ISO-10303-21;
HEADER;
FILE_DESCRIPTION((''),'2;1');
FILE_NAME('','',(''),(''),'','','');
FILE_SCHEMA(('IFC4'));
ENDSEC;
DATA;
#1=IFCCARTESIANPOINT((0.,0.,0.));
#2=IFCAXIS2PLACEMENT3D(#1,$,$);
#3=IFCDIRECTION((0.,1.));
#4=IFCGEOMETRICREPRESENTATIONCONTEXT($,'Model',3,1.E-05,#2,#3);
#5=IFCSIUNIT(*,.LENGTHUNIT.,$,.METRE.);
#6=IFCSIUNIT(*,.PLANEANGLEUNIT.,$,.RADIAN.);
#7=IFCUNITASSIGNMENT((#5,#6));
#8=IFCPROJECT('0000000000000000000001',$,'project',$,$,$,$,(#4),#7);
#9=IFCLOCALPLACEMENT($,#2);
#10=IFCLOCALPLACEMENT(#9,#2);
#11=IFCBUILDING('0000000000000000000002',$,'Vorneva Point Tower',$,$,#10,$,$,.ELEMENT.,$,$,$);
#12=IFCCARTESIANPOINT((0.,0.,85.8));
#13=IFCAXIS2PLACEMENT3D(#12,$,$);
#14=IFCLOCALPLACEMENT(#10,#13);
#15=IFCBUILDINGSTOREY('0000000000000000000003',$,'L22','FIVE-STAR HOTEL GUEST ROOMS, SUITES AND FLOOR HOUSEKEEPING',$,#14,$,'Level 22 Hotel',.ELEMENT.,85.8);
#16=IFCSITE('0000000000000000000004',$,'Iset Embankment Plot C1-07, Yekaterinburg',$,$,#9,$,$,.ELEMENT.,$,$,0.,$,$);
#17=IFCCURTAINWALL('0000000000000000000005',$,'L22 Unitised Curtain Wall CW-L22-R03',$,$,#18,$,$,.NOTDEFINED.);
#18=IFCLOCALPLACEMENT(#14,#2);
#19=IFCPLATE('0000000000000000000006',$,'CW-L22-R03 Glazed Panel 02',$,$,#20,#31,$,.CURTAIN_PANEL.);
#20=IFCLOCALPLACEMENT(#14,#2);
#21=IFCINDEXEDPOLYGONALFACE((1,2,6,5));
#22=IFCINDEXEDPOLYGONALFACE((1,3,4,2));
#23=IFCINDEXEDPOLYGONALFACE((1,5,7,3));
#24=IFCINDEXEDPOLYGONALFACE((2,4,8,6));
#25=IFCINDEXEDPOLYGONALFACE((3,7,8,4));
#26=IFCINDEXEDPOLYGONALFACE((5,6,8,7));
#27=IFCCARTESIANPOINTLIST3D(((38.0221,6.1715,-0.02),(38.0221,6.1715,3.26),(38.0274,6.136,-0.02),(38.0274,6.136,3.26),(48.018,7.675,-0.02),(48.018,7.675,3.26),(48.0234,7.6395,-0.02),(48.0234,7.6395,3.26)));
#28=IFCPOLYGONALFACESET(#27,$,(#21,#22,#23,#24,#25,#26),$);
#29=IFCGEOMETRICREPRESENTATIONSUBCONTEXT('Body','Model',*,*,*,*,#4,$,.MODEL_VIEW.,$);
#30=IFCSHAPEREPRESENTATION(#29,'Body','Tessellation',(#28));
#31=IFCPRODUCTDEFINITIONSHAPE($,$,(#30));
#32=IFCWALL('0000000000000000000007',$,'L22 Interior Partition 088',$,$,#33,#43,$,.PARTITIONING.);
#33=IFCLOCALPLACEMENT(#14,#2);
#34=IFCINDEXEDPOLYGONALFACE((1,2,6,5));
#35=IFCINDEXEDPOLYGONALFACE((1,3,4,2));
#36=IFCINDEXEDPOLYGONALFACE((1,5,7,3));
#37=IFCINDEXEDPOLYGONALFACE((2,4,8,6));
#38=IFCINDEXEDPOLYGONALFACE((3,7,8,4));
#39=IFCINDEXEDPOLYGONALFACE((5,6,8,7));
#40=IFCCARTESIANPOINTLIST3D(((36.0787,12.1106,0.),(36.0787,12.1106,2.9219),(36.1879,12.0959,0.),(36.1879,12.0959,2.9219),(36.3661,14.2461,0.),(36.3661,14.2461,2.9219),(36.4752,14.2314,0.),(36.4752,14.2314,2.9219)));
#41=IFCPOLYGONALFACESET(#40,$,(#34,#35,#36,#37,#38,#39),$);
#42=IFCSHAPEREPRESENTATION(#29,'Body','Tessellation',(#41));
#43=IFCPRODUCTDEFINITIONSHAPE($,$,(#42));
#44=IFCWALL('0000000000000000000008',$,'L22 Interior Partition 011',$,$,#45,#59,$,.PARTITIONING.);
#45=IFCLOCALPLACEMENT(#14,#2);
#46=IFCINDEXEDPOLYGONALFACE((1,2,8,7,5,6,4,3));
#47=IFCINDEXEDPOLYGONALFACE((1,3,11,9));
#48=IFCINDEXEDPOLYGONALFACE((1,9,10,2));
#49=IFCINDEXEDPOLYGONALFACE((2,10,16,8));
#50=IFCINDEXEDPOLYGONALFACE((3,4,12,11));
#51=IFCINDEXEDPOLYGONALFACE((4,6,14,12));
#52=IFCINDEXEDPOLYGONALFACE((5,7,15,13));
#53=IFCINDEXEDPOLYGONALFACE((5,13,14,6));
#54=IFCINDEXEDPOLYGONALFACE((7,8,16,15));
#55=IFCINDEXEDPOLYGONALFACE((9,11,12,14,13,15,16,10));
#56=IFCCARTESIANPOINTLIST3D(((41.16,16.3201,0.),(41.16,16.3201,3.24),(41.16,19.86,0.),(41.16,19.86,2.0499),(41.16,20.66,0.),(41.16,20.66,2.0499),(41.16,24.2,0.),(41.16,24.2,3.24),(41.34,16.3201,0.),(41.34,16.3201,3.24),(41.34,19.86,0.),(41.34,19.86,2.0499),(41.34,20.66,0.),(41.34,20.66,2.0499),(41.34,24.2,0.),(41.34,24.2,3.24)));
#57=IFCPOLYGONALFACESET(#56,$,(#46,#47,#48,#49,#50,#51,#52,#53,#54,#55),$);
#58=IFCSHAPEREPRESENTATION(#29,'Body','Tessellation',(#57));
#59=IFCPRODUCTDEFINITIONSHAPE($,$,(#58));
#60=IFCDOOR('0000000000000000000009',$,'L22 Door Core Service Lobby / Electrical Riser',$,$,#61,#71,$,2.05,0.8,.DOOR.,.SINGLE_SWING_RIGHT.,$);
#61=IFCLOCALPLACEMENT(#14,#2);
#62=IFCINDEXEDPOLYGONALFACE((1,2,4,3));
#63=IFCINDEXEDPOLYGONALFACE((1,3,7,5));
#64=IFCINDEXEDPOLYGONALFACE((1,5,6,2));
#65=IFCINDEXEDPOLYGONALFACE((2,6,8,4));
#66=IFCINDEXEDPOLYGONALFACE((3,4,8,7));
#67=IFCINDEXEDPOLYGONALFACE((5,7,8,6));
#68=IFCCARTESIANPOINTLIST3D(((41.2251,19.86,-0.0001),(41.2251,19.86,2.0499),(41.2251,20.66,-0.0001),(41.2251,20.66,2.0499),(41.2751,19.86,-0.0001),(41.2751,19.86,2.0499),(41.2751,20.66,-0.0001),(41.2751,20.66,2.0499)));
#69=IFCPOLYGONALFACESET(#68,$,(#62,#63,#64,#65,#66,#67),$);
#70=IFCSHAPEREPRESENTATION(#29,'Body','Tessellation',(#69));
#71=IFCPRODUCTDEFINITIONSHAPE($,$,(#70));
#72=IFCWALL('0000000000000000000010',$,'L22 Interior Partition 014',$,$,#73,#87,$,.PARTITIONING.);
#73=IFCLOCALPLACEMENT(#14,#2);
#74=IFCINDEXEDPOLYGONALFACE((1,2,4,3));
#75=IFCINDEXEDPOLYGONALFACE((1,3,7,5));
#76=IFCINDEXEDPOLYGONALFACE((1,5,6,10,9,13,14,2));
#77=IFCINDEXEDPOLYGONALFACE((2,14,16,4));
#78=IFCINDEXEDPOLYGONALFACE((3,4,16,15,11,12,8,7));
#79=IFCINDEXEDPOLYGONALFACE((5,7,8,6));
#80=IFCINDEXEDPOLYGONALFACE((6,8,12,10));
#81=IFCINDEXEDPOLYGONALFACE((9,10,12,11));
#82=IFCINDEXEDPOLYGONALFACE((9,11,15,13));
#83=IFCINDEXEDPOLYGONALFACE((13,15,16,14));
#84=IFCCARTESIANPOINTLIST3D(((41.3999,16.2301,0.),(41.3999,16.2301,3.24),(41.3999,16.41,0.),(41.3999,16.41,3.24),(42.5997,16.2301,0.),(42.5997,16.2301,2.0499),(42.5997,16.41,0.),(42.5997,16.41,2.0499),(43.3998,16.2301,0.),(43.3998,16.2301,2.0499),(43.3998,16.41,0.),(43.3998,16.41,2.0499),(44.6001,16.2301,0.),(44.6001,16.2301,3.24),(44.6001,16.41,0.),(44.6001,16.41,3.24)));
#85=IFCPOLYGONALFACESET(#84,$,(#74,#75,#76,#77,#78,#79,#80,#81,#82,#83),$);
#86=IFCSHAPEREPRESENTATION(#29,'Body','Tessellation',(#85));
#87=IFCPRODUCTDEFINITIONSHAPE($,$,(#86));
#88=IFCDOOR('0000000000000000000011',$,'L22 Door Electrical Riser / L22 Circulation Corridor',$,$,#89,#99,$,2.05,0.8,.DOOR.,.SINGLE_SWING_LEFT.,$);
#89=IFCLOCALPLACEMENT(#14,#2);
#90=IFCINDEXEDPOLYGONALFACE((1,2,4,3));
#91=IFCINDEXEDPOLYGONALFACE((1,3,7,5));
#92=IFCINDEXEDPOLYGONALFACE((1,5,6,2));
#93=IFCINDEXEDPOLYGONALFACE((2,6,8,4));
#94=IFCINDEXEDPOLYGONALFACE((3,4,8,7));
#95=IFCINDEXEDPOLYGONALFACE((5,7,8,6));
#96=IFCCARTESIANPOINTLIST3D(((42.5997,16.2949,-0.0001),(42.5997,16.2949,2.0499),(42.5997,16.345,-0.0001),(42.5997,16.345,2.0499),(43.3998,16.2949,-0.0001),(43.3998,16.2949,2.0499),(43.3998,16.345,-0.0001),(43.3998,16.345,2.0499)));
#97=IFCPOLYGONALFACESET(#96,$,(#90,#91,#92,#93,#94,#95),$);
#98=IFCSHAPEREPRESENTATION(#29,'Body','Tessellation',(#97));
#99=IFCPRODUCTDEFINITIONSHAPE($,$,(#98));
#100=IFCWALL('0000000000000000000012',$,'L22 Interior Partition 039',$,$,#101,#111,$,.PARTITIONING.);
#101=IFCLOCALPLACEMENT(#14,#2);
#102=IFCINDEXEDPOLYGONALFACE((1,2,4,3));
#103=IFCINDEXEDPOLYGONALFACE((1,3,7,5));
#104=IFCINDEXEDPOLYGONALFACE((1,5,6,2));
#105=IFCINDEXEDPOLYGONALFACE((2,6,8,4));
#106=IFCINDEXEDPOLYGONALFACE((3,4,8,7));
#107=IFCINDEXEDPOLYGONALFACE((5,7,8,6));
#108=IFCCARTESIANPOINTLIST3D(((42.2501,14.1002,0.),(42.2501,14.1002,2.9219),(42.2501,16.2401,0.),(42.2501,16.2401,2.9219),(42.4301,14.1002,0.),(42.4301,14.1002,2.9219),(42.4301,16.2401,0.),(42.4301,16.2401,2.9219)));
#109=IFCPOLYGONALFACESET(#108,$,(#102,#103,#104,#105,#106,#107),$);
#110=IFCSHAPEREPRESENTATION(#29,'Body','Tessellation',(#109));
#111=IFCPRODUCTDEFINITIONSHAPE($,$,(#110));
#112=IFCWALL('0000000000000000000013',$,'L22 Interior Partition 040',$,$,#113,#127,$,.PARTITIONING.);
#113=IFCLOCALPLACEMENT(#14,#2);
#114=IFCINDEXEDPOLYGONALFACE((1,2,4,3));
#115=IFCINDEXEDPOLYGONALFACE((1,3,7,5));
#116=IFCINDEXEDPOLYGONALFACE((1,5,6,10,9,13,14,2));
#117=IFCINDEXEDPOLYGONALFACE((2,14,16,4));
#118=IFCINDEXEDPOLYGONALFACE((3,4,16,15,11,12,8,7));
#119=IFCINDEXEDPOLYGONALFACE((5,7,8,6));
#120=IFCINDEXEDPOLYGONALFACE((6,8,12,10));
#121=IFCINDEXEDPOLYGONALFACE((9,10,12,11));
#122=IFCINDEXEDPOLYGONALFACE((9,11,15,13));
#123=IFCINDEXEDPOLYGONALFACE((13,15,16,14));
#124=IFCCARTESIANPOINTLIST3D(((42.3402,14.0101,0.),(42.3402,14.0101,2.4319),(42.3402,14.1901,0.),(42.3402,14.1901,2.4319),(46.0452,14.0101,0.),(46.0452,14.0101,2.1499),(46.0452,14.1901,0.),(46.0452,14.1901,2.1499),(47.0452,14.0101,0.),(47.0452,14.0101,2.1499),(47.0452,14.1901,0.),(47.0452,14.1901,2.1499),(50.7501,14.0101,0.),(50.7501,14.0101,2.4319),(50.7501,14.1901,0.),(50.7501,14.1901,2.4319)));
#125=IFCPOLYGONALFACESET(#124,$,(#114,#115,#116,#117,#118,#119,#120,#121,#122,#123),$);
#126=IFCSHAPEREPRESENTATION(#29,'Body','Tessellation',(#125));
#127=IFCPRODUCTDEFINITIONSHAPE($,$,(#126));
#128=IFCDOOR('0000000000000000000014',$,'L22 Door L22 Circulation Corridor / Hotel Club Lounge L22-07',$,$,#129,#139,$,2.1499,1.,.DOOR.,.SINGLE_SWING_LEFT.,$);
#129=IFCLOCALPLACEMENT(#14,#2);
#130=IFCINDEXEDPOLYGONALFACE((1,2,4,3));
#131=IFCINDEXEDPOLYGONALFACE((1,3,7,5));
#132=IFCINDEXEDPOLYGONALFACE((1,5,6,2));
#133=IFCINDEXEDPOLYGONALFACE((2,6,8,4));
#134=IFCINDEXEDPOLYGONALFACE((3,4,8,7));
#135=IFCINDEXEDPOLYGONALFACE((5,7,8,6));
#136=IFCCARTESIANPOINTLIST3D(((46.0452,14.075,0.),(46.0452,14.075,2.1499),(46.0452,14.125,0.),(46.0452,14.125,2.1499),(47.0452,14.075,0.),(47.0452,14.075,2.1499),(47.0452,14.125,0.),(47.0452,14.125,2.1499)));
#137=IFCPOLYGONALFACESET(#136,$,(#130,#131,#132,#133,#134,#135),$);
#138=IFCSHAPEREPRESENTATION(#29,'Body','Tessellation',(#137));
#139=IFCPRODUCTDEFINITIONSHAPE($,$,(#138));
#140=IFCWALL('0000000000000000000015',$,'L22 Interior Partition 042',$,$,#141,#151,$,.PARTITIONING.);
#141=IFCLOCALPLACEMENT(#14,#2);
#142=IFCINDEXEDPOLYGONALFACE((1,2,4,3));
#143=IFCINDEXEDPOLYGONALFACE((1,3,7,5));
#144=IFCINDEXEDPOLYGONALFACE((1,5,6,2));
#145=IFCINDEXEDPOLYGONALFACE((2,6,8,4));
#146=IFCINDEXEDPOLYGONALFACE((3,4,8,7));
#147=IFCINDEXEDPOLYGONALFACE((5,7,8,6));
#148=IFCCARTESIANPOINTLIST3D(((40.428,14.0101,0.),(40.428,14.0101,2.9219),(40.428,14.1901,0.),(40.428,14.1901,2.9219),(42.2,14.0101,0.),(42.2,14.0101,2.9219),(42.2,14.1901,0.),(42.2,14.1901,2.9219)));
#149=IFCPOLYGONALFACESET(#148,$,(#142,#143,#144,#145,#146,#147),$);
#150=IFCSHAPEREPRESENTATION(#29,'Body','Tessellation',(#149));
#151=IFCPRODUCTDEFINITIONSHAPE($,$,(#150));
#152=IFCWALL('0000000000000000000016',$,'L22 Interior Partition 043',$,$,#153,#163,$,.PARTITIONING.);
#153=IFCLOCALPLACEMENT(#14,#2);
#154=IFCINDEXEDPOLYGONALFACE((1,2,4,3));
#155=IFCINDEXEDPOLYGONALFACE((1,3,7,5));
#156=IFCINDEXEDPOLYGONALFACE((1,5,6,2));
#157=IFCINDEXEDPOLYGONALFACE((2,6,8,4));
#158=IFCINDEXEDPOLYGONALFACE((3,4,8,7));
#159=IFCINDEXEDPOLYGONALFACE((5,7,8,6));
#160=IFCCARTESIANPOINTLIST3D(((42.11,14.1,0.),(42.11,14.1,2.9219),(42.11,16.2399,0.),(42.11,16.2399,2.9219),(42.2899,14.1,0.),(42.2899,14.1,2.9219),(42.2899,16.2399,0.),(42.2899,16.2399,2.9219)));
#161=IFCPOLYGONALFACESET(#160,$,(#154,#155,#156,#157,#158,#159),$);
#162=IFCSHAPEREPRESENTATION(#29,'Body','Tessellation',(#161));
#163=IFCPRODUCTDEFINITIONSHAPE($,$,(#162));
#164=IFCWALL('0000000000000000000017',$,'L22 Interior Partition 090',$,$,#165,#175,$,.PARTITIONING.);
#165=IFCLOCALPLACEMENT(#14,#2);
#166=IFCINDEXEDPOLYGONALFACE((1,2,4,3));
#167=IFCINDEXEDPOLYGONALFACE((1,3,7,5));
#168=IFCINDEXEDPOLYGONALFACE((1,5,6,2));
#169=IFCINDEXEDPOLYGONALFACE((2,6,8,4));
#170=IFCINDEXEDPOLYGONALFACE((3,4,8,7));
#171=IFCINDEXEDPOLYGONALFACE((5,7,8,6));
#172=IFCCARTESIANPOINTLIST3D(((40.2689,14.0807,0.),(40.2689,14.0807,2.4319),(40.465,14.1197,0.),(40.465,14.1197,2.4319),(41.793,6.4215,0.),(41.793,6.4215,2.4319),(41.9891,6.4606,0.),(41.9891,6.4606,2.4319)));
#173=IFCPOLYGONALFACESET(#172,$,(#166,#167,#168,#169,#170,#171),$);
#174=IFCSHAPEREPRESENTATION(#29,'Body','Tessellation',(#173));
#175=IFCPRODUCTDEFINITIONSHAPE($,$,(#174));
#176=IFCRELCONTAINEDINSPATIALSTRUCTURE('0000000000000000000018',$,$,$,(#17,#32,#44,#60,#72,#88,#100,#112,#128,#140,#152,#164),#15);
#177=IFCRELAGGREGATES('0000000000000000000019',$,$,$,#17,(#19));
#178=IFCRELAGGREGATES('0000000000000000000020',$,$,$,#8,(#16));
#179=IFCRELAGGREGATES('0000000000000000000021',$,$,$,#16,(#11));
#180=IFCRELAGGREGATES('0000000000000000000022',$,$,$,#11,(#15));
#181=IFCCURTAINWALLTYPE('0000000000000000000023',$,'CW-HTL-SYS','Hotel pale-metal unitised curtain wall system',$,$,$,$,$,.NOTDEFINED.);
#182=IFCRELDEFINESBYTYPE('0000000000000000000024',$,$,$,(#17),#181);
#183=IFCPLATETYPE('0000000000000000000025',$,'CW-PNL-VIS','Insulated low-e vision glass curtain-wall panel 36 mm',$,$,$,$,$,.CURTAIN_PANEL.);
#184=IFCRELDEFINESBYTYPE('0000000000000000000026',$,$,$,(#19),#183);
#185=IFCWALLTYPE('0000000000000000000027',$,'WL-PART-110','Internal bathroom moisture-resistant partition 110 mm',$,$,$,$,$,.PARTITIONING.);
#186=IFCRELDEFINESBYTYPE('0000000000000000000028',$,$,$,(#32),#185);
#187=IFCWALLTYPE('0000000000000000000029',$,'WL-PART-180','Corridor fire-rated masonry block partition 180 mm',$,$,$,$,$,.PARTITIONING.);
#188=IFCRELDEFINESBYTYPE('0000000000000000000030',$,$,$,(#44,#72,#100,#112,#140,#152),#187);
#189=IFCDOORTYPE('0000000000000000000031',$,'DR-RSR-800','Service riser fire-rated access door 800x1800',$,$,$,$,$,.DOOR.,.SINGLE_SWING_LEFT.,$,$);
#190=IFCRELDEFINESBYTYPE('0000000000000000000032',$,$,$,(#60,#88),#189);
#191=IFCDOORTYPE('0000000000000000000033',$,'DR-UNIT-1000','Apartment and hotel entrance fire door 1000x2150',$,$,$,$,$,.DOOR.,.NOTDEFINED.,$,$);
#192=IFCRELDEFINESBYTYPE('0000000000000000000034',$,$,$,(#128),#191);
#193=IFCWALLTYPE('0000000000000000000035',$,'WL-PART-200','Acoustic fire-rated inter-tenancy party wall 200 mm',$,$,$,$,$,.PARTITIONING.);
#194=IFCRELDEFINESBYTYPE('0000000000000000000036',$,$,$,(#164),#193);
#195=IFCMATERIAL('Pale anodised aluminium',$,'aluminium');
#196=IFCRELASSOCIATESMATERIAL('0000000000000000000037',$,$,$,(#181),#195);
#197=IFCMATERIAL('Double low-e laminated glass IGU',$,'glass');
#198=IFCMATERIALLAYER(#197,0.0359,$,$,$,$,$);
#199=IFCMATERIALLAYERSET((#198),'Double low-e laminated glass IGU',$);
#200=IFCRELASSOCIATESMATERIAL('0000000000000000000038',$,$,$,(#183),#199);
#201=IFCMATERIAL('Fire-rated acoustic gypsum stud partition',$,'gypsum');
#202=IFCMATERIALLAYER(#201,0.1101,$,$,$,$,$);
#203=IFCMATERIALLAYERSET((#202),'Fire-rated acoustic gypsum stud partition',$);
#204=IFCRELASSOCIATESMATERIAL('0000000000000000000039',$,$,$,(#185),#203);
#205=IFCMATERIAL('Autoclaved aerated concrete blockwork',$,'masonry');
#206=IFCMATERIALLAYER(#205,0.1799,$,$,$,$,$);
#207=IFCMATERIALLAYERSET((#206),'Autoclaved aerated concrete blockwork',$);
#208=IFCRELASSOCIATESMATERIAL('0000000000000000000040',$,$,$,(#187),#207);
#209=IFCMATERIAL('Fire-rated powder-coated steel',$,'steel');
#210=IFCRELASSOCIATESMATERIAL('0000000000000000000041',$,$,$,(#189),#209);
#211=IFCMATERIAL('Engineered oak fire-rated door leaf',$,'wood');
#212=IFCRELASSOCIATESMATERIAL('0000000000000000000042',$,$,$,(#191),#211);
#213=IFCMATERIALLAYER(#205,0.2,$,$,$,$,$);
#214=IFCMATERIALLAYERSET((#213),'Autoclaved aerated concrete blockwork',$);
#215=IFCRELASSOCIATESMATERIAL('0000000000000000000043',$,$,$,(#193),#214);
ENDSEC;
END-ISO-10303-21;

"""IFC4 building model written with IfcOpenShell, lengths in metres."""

from ifc_helpers import new_model, si_unit, direction, frame, frame_2d, origin, origin_2d, place, context, subcontext, project, spatial, rectangle, extrude, material, layer, layer_set, type_object, element, fill, aggregate, save


model = new_model("IFC4")

# Units and contexts
model_context = context("Model", 3, precision=1e-05, world=origin(), true_north=direction((0.0, 1.0)))
body_context = subcontext(model_context, "Body", "Model", "MODEL_VIEW")
ifc_project = project(units=[si_unit("LENGTHUNIT", "METRE"), si_unit("PLANEANGLEUNIT", "RADIAN")], contexts=[model_context])

# Site, building, storey
site_placement = place(None, origin())
site = spatial("IfcSite", under=ifc_project, at=site_placement, Name="Iset Embankment Plot C1-07, Yekaterinburg", CompositionType="ELEMENT", RefElevation=0.0)
building_placement = place(site_placement, origin())
building = spatial("IfcBuilding", under=site, at=building_placement, Name="Vorneva Point Tower", CompositionType="ELEMENT")
storey_placement = place(building_placement, frame((0.0, 0.0, 85.8)))
storey = spatial("IfcBuildingStorey", under=building, at=storey_placement, Name="L22", Description="FIVE-STAR HOTEL GUEST ROOMS, SUITES AND FLOOR HOUSEKEEPING", LongName="Level 22 Hotel", CompositionType="ELEMENT", Elevation=85.8)

# Curtain wall, plate
ifc_material_1 = material(Name="Pale anodised aluminium", Category="aluminium")
curtain_wall_type = type_object("IfcCurtainWallType", Name="CW-HTL-SYS", Description="Hotel pale-metal unitised curtain wall system", PredefinedType="NOTDEFINED", material=ifc_material_1)
curtain_wall_placement = place(storey_placement, origin())
curtain_wall = element("IfcCurtainWall", 1, at=curtain_wall_placement, inside=storey, type_object=curtain_wall_type, Name="L22 Unitised Curtain Wall CW-L22-R03", PredefinedType="NOTDEFINED")
ifc_material_2 = material(Name="Double low-e laminated glass IGU", Category="glass")
ifc_layer_1 = layer(ifc_material_2, 0.0359)
ifc_layer_set_1 = layer_set([ifc_layer_1], Name="Double low-e laminated glass IGU")
plate_type = type_object("IfcPlateType", Name="CW-PNL-VIS", Description="Insulated low-e vision glass curtain-wall panel 36 mm", PredefinedType="CURTAIN_PANEL", material=ifc_layer_set_1)
plate_placement = place(storey_placement, frame((43.0227, 6.9055, -0.02), z_axis=(0.0, 0.0, 1.0), x_axis=(0.988876, 0.148741, 0.0)))
plate = element("IfcPlate", 2, at=plate_placement, type_object=plate_type, Name="CW-L22-R03 Glazed Panel 02", PredefinedType="CURTAIN_PANEL", context=body_context, shape_type="SweptSolid", body=[
    extrude(rectangle(XDim=10.1084, YDim=0.0359, at=origin_2d()), origin(), (0.0, 0.0, 1.0), 3.28),
])
aggregate(curtain_wall, [plate])

# Wall
ifc_material_3 = material(Name="Fire-rated acoustic gypsum stud partition", Category="gypsum")
ifc_layer_2 = layer(ifc_material_3, 0.1101)
ifc_layer_set_2 = layer_set([ifc_layer_2], Name="Fire-rated acoustic gypsum stud partition")
wall_type_1 = type_object("IfcWallType", Name="WL-PART-110", Description="Internal bathroom moisture-resistant partition 110 mm", PredefinedType="PARTITIONING", material=ifc_layer_set_2)
wall_1_placement = place(storey_placement, frame((36.4207, 14.2388, 0.0), z_axis=(0.0, 0.0, 1.0), x_axis=(-0.133359, -0.991068, 0.0)))
element("IfcWall", 3, at=wall_1_placement, inside=storey, type_object=wall_type_1, Name="L22 Interior Partition 088", PredefinedType="PARTITIONING", context=body_context, shape_type="SweptSolid", body=[
    extrude(rectangle(XDim=2.1548, YDim=0.1101, at=frame_2d((1.0774, 0.0))), origin(), (0.0, 0.0, 1.0), 2.9219),
])

# Walls, openings, doors
ifc_material_4 = material(Name="Autoclaved aerated concrete blockwork", Category="masonry")
ifc_layer_3 = layer(ifc_material_4, 0.1799)
ifc_layer_set_3 = layer_set([ifc_layer_3], Name="Autoclaved aerated concrete blockwork")
wall_type_2 = type_object("IfcWallType", Name="WL-PART-180", Description="Corridor fire-rated masonry block partition 180 mm", PredefinedType="PARTITIONING", material=ifc_layer_set_3)
wall_2_placement = place(storey_placement, frame((41.25, 16.3201, 0.0), z_axis=(0.0, 0.0, 1.0), x_axis=(0.0, 1.0, 0.0)))
wall_2 = element("IfcWall", 4, at=wall_2_placement, inside=storey, type_object=wall_type_2, Name="L22 Interior Partition 011", PredefinedType="PARTITIONING", context=body_context, shape_type="SweptSolid", body=[
    extrude(rectangle(XDim=7.8799, YDim=0.1799, at=frame_2d((3.9399, 0.0))), origin(), (0.0, 0.0, 1.0), 3.24),
])
opening_1_placement = place(wall_2_placement, frame((3.54, 0.0, 0.0)))
opening_1 = element("IfcOpeningElement", 5, at=opening_1_placement, cuts=wall_2, PredefinedType="OPENING", context=body_context, shape_type="SweptSolid", body=[
    extrude(rectangle(XDim=0.8, YDim=2.05, at=frame_2d((0.3999, 1.0249))), frame((0.0, 0.105, 0.0), z_axis=(0.0, -1.0, 0.0), x_axis=(1.0, 0.0, 0.0)), (0.0, 0.0, 1.0), 0.2097),
])
ifc_material_5 = material(Name="Fire-rated powder-coated steel", Category="steel")
door_type_1 = type_object("IfcDoorType", Name="DR-RSR-800", Description="Service riser fire-rated access door 800x1800", OperationType="SINGLE_SWING_LEFT", PredefinedType="DOOR", material=ifc_material_5)
door_1_placement = place(opening_1_placement, origin())
door_1 = element("IfcDoor", 6, at=door_1_placement, inside=storey, type_object=door_type_1, Name="L22 Door Core Service Lobby / Electrical Riser", OperationType="SINGLE_SWING_RIGHT", OverallHeight=2.05, OverallWidth=0.8, PredefinedType="DOOR", context=body_context, shape_type="SweptSolid", body=[
    extrude(rectangle(XDim=0.8, YDim=2.05, at=frame_2d((0.3999, 1.0249))), frame((0.0, 0.0249, 0.0), z_axis=(0.0, -1.0, 0.0), x_axis=(1.0, 0.0, 0.0)), (0.0, 0.0, 1.0), 0.05),
])
fill(opening_1, door_1)
wall_3_placement = place(storey_placement, frame((41.3999, 16.3201, 0.0), z_axis=(0.0, 0.0, 1.0), x_axis=(1.0, 0.0, 0.0)))
wall_3 = element("IfcWall", 7, at=wall_3_placement, inside=storey, type_object=wall_type_2, Name="L22 Interior Partition 014", PredefinedType="PARTITIONING", context=body_context, shape_type="SweptSolid", body=[
    extrude(rectangle(XDim=3.2002, YDim=0.1799, at=frame_2d((1.6001, 0.0))), origin(), (0.0, 0.0, 1.0), 3.24),
])
opening_2_placement = place(wall_3_placement, frame((1.2, 0.0, 0.0)))
opening_2 = element("IfcOpeningElement", 8, at=opening_2_placement, cuts=wall_3, PredefinedType="OPENING", context=body_context, shape_type="SweptSolid", body=[
    extrude(rectangle(XDim=0.8, YDim=2.05, at=frame_2d((0.3999, 1.0249))), frame((0.0, 0.105, 0.0), z_axis=(0.0, -1.0, 0.0), x_axis=(1.0, 0.0, 0.0)), (0.0, 0.0, 1.0), 0.2097),
])
door_2_placement = place(opening_2_placement, origin())
door_2 = element("IfcDoor", 9, at=door_2_placement, inside=storey, type_object=door_type_1, Name="L22 Door Electrical Riser / L22 Circulation Corridor", OperationType="SINGLE_SWING_LEFT", OverallHeight=2.05, OverallWidth=0.8, PredefinedType="DOOR", context=body_context, shape_type="SweptSolid", body=[
    extrude(rectangle(XDim=0.8, YDim=2.05, at=frame_2d((0.3999, 1.0249))), frame((0.0, 0.0249, 0.0), z_axis=(0.0, -1.0, 0.0), x_axis=(1.0, 0.0, 0.0)), (0.0, 0.0, 1.0), 0.05),
])
fill(opening_2, door_2)

# Wall
wall_4_placement = place(storey_placement, frame((42.3401, 16.24, 0.0), z_axis=(0.0, 0.0, 1.0), x_axis=(0.0, -1.0, 0.0)))
element("IfcWall", 10, at=wall_4_placement, inside=storey, type_object=wall_type_2, Name="L22 Interior Partition 039", PredefinedType="PARTITIONING", context=body_context, shape_type="SweptSolid", body=[
    extrude(rectangle(XDim=2.1399, YDim=0.1799, at=frame_2d((1.0698, 0.0))), origin(), (0.0, 0.0, 1.0), 2.9219),
])

# Wall, opening, door
wall_5_placement = place(storey_placement, frame((42.3401, 14.1001, 0.0), z_axis=(0.0, 0.0, 1.0), x_axis=(1.0, 0.0, 0.0)))
wall_5 = element("IfcWall", 11, at=wall_5_placement, inside=storey, type_object=wall_type_2, Name="L22 Interior Partition 040", PredefinedType="PARTITIONING", context=body_context, shape_type="SweptSolid", body=[
    extrude(rectangle(XDim=8.4099, YDim=0.1799, at=frame_2d((4.2051, 0.0))), origin(), (0.0, 0.0, 1.0), 2.4319),
])
opening_3_placement = place(wall_5_placement, frame((3.7051, 0.0, 0.0)))
opening_3 = element("IfcOpeningElement", 12, at=opening_3_placement, cuts=wall_5, PredefinedType="OPENING", context=body_context, shape_type="SweptSolid", body=[
    extrude(rectangle(XDim=1.0, YDim=2.1499, at=frame_2d((0.5, 1.075))), frame((0.0, 0.105, 0.0), z_axis=(0.0, -1.0, 0.0), x_axis=(1.0, 0.0, 0.0)), (0.0, 0.0, 1.0), 0.2097),
])
ifc_material_6 = material(Name="Engineered oak fire-rated door leaf", Category="wood")
door_type_2 = type_object("IfcDoorType", Name="DR-UNIT-1000", Description="Apartment and hotel entrance fire door 1000x2150", OperationType="NOTDEFINED", PredefinedType="DOOR", material=ifc_material_6)
door_3_placement = place(opening_3_placement, origin())
door_3 = element("IfcDoor", 13, at=door_3_placement, inside=storey, type_object=door_type_2, Name="L22 Door L22 Circulation Corridor / Hotel Club Lounge L22-07", OperationType="SINGLE_SWING_LEFT", OverallHeight=2.1499, OverallWidth=1.0, PredefinedType="DOOR", context=body_context, shape_type="SweptSolid", body=[
    extrude(rectangle(XDim=1.0, YDim=2.1499, at=frame_2d((0.5, 1.075))), frame((0.0, 0.0249, 0.0), z_axis=(0.0, -1.0, 0.0), x_axis=(1.0, 0.0, 0.0)), (0.0, 0.0, 1.0), 0.05),
])
fill(opening_3, door_3)

# Walls
wall_6_placement = place(storey_placement, frame((40.428, 14.1001, 0.0), z_axis=(0.0, 0.0, 1.0), x_axis=(1.0, 0.0, 0.0)))
element("IfcWall", 14, at=wall_6_placement, inside=storey, type_object=wall_type_2, Name="L22 Interior Partition 042", PredefinedType="PARTITIONING", context=body_context, shape_type="SweptSolid", body=[
    extrude(rectangle(XDim=1.772, YDim=0.1799, at=frame_2d((0.886, 0.0))), origin(), (0.0, 0.0, 1.0), 2.9219),
])
wall_7_placement = place(storey_placement, frame((42.2, 14.1001, 0.0), z_axis=(0.0, 0.0, 1.0), x_axis=(0.0, 1.0, 0.0)))
element("IfcWall", 15, at=wall_7_placement, inside=storey, type_object=wall_type_2, Name="L22 Interior Partition 043", PredefinedType="PARTITIONING", context=body_context, shape_type="SweptSolid", body=[
    extrude(rectangle(XDim=2.1399, YDim=0.1799, at=frame_2d((1.0698, 0.0))), origin(), (0.0, 0.0, 1.0), 2.9219),
])
ifc_layer_4 = layer(ifc_material_4, 0.2)
ifc_layer_set_4 = layer_set([ifc_layer_4], Name="Autoclaved aerated concrete blockwork")
wall_type_3 = type_object("IfcWallType", Name="WL-PART-200", Description="Acoustic fire-rated inter-tenancy party wall 200 mm", PredefinedType="PARTITIONING", material=ifc_layer_set_4)
wall_8_placement = place(storey_placement, frame((41.8911, 6.4409, 0.0), z_axis=(0.0, 0.0, 1.0), x_axis=(-0.195172, 0.980769, 0.0)))
element("IfcWall", 16, at=wall_8_placement, inside=storey, type_object=wall_type_3, Name="L22 Interior Partition 090", PredefinedType="PARTITIONING", context=body_context, shape_type="SweptSolid", body=[
    extrude(rectangle(XDim=7.8093, YDim=0.2, at=frame_2d((3.9048, 0.0))), origin(), (0.0, 0.0, 1.0), 2.4319),
])

save(model, "model.ifc")
